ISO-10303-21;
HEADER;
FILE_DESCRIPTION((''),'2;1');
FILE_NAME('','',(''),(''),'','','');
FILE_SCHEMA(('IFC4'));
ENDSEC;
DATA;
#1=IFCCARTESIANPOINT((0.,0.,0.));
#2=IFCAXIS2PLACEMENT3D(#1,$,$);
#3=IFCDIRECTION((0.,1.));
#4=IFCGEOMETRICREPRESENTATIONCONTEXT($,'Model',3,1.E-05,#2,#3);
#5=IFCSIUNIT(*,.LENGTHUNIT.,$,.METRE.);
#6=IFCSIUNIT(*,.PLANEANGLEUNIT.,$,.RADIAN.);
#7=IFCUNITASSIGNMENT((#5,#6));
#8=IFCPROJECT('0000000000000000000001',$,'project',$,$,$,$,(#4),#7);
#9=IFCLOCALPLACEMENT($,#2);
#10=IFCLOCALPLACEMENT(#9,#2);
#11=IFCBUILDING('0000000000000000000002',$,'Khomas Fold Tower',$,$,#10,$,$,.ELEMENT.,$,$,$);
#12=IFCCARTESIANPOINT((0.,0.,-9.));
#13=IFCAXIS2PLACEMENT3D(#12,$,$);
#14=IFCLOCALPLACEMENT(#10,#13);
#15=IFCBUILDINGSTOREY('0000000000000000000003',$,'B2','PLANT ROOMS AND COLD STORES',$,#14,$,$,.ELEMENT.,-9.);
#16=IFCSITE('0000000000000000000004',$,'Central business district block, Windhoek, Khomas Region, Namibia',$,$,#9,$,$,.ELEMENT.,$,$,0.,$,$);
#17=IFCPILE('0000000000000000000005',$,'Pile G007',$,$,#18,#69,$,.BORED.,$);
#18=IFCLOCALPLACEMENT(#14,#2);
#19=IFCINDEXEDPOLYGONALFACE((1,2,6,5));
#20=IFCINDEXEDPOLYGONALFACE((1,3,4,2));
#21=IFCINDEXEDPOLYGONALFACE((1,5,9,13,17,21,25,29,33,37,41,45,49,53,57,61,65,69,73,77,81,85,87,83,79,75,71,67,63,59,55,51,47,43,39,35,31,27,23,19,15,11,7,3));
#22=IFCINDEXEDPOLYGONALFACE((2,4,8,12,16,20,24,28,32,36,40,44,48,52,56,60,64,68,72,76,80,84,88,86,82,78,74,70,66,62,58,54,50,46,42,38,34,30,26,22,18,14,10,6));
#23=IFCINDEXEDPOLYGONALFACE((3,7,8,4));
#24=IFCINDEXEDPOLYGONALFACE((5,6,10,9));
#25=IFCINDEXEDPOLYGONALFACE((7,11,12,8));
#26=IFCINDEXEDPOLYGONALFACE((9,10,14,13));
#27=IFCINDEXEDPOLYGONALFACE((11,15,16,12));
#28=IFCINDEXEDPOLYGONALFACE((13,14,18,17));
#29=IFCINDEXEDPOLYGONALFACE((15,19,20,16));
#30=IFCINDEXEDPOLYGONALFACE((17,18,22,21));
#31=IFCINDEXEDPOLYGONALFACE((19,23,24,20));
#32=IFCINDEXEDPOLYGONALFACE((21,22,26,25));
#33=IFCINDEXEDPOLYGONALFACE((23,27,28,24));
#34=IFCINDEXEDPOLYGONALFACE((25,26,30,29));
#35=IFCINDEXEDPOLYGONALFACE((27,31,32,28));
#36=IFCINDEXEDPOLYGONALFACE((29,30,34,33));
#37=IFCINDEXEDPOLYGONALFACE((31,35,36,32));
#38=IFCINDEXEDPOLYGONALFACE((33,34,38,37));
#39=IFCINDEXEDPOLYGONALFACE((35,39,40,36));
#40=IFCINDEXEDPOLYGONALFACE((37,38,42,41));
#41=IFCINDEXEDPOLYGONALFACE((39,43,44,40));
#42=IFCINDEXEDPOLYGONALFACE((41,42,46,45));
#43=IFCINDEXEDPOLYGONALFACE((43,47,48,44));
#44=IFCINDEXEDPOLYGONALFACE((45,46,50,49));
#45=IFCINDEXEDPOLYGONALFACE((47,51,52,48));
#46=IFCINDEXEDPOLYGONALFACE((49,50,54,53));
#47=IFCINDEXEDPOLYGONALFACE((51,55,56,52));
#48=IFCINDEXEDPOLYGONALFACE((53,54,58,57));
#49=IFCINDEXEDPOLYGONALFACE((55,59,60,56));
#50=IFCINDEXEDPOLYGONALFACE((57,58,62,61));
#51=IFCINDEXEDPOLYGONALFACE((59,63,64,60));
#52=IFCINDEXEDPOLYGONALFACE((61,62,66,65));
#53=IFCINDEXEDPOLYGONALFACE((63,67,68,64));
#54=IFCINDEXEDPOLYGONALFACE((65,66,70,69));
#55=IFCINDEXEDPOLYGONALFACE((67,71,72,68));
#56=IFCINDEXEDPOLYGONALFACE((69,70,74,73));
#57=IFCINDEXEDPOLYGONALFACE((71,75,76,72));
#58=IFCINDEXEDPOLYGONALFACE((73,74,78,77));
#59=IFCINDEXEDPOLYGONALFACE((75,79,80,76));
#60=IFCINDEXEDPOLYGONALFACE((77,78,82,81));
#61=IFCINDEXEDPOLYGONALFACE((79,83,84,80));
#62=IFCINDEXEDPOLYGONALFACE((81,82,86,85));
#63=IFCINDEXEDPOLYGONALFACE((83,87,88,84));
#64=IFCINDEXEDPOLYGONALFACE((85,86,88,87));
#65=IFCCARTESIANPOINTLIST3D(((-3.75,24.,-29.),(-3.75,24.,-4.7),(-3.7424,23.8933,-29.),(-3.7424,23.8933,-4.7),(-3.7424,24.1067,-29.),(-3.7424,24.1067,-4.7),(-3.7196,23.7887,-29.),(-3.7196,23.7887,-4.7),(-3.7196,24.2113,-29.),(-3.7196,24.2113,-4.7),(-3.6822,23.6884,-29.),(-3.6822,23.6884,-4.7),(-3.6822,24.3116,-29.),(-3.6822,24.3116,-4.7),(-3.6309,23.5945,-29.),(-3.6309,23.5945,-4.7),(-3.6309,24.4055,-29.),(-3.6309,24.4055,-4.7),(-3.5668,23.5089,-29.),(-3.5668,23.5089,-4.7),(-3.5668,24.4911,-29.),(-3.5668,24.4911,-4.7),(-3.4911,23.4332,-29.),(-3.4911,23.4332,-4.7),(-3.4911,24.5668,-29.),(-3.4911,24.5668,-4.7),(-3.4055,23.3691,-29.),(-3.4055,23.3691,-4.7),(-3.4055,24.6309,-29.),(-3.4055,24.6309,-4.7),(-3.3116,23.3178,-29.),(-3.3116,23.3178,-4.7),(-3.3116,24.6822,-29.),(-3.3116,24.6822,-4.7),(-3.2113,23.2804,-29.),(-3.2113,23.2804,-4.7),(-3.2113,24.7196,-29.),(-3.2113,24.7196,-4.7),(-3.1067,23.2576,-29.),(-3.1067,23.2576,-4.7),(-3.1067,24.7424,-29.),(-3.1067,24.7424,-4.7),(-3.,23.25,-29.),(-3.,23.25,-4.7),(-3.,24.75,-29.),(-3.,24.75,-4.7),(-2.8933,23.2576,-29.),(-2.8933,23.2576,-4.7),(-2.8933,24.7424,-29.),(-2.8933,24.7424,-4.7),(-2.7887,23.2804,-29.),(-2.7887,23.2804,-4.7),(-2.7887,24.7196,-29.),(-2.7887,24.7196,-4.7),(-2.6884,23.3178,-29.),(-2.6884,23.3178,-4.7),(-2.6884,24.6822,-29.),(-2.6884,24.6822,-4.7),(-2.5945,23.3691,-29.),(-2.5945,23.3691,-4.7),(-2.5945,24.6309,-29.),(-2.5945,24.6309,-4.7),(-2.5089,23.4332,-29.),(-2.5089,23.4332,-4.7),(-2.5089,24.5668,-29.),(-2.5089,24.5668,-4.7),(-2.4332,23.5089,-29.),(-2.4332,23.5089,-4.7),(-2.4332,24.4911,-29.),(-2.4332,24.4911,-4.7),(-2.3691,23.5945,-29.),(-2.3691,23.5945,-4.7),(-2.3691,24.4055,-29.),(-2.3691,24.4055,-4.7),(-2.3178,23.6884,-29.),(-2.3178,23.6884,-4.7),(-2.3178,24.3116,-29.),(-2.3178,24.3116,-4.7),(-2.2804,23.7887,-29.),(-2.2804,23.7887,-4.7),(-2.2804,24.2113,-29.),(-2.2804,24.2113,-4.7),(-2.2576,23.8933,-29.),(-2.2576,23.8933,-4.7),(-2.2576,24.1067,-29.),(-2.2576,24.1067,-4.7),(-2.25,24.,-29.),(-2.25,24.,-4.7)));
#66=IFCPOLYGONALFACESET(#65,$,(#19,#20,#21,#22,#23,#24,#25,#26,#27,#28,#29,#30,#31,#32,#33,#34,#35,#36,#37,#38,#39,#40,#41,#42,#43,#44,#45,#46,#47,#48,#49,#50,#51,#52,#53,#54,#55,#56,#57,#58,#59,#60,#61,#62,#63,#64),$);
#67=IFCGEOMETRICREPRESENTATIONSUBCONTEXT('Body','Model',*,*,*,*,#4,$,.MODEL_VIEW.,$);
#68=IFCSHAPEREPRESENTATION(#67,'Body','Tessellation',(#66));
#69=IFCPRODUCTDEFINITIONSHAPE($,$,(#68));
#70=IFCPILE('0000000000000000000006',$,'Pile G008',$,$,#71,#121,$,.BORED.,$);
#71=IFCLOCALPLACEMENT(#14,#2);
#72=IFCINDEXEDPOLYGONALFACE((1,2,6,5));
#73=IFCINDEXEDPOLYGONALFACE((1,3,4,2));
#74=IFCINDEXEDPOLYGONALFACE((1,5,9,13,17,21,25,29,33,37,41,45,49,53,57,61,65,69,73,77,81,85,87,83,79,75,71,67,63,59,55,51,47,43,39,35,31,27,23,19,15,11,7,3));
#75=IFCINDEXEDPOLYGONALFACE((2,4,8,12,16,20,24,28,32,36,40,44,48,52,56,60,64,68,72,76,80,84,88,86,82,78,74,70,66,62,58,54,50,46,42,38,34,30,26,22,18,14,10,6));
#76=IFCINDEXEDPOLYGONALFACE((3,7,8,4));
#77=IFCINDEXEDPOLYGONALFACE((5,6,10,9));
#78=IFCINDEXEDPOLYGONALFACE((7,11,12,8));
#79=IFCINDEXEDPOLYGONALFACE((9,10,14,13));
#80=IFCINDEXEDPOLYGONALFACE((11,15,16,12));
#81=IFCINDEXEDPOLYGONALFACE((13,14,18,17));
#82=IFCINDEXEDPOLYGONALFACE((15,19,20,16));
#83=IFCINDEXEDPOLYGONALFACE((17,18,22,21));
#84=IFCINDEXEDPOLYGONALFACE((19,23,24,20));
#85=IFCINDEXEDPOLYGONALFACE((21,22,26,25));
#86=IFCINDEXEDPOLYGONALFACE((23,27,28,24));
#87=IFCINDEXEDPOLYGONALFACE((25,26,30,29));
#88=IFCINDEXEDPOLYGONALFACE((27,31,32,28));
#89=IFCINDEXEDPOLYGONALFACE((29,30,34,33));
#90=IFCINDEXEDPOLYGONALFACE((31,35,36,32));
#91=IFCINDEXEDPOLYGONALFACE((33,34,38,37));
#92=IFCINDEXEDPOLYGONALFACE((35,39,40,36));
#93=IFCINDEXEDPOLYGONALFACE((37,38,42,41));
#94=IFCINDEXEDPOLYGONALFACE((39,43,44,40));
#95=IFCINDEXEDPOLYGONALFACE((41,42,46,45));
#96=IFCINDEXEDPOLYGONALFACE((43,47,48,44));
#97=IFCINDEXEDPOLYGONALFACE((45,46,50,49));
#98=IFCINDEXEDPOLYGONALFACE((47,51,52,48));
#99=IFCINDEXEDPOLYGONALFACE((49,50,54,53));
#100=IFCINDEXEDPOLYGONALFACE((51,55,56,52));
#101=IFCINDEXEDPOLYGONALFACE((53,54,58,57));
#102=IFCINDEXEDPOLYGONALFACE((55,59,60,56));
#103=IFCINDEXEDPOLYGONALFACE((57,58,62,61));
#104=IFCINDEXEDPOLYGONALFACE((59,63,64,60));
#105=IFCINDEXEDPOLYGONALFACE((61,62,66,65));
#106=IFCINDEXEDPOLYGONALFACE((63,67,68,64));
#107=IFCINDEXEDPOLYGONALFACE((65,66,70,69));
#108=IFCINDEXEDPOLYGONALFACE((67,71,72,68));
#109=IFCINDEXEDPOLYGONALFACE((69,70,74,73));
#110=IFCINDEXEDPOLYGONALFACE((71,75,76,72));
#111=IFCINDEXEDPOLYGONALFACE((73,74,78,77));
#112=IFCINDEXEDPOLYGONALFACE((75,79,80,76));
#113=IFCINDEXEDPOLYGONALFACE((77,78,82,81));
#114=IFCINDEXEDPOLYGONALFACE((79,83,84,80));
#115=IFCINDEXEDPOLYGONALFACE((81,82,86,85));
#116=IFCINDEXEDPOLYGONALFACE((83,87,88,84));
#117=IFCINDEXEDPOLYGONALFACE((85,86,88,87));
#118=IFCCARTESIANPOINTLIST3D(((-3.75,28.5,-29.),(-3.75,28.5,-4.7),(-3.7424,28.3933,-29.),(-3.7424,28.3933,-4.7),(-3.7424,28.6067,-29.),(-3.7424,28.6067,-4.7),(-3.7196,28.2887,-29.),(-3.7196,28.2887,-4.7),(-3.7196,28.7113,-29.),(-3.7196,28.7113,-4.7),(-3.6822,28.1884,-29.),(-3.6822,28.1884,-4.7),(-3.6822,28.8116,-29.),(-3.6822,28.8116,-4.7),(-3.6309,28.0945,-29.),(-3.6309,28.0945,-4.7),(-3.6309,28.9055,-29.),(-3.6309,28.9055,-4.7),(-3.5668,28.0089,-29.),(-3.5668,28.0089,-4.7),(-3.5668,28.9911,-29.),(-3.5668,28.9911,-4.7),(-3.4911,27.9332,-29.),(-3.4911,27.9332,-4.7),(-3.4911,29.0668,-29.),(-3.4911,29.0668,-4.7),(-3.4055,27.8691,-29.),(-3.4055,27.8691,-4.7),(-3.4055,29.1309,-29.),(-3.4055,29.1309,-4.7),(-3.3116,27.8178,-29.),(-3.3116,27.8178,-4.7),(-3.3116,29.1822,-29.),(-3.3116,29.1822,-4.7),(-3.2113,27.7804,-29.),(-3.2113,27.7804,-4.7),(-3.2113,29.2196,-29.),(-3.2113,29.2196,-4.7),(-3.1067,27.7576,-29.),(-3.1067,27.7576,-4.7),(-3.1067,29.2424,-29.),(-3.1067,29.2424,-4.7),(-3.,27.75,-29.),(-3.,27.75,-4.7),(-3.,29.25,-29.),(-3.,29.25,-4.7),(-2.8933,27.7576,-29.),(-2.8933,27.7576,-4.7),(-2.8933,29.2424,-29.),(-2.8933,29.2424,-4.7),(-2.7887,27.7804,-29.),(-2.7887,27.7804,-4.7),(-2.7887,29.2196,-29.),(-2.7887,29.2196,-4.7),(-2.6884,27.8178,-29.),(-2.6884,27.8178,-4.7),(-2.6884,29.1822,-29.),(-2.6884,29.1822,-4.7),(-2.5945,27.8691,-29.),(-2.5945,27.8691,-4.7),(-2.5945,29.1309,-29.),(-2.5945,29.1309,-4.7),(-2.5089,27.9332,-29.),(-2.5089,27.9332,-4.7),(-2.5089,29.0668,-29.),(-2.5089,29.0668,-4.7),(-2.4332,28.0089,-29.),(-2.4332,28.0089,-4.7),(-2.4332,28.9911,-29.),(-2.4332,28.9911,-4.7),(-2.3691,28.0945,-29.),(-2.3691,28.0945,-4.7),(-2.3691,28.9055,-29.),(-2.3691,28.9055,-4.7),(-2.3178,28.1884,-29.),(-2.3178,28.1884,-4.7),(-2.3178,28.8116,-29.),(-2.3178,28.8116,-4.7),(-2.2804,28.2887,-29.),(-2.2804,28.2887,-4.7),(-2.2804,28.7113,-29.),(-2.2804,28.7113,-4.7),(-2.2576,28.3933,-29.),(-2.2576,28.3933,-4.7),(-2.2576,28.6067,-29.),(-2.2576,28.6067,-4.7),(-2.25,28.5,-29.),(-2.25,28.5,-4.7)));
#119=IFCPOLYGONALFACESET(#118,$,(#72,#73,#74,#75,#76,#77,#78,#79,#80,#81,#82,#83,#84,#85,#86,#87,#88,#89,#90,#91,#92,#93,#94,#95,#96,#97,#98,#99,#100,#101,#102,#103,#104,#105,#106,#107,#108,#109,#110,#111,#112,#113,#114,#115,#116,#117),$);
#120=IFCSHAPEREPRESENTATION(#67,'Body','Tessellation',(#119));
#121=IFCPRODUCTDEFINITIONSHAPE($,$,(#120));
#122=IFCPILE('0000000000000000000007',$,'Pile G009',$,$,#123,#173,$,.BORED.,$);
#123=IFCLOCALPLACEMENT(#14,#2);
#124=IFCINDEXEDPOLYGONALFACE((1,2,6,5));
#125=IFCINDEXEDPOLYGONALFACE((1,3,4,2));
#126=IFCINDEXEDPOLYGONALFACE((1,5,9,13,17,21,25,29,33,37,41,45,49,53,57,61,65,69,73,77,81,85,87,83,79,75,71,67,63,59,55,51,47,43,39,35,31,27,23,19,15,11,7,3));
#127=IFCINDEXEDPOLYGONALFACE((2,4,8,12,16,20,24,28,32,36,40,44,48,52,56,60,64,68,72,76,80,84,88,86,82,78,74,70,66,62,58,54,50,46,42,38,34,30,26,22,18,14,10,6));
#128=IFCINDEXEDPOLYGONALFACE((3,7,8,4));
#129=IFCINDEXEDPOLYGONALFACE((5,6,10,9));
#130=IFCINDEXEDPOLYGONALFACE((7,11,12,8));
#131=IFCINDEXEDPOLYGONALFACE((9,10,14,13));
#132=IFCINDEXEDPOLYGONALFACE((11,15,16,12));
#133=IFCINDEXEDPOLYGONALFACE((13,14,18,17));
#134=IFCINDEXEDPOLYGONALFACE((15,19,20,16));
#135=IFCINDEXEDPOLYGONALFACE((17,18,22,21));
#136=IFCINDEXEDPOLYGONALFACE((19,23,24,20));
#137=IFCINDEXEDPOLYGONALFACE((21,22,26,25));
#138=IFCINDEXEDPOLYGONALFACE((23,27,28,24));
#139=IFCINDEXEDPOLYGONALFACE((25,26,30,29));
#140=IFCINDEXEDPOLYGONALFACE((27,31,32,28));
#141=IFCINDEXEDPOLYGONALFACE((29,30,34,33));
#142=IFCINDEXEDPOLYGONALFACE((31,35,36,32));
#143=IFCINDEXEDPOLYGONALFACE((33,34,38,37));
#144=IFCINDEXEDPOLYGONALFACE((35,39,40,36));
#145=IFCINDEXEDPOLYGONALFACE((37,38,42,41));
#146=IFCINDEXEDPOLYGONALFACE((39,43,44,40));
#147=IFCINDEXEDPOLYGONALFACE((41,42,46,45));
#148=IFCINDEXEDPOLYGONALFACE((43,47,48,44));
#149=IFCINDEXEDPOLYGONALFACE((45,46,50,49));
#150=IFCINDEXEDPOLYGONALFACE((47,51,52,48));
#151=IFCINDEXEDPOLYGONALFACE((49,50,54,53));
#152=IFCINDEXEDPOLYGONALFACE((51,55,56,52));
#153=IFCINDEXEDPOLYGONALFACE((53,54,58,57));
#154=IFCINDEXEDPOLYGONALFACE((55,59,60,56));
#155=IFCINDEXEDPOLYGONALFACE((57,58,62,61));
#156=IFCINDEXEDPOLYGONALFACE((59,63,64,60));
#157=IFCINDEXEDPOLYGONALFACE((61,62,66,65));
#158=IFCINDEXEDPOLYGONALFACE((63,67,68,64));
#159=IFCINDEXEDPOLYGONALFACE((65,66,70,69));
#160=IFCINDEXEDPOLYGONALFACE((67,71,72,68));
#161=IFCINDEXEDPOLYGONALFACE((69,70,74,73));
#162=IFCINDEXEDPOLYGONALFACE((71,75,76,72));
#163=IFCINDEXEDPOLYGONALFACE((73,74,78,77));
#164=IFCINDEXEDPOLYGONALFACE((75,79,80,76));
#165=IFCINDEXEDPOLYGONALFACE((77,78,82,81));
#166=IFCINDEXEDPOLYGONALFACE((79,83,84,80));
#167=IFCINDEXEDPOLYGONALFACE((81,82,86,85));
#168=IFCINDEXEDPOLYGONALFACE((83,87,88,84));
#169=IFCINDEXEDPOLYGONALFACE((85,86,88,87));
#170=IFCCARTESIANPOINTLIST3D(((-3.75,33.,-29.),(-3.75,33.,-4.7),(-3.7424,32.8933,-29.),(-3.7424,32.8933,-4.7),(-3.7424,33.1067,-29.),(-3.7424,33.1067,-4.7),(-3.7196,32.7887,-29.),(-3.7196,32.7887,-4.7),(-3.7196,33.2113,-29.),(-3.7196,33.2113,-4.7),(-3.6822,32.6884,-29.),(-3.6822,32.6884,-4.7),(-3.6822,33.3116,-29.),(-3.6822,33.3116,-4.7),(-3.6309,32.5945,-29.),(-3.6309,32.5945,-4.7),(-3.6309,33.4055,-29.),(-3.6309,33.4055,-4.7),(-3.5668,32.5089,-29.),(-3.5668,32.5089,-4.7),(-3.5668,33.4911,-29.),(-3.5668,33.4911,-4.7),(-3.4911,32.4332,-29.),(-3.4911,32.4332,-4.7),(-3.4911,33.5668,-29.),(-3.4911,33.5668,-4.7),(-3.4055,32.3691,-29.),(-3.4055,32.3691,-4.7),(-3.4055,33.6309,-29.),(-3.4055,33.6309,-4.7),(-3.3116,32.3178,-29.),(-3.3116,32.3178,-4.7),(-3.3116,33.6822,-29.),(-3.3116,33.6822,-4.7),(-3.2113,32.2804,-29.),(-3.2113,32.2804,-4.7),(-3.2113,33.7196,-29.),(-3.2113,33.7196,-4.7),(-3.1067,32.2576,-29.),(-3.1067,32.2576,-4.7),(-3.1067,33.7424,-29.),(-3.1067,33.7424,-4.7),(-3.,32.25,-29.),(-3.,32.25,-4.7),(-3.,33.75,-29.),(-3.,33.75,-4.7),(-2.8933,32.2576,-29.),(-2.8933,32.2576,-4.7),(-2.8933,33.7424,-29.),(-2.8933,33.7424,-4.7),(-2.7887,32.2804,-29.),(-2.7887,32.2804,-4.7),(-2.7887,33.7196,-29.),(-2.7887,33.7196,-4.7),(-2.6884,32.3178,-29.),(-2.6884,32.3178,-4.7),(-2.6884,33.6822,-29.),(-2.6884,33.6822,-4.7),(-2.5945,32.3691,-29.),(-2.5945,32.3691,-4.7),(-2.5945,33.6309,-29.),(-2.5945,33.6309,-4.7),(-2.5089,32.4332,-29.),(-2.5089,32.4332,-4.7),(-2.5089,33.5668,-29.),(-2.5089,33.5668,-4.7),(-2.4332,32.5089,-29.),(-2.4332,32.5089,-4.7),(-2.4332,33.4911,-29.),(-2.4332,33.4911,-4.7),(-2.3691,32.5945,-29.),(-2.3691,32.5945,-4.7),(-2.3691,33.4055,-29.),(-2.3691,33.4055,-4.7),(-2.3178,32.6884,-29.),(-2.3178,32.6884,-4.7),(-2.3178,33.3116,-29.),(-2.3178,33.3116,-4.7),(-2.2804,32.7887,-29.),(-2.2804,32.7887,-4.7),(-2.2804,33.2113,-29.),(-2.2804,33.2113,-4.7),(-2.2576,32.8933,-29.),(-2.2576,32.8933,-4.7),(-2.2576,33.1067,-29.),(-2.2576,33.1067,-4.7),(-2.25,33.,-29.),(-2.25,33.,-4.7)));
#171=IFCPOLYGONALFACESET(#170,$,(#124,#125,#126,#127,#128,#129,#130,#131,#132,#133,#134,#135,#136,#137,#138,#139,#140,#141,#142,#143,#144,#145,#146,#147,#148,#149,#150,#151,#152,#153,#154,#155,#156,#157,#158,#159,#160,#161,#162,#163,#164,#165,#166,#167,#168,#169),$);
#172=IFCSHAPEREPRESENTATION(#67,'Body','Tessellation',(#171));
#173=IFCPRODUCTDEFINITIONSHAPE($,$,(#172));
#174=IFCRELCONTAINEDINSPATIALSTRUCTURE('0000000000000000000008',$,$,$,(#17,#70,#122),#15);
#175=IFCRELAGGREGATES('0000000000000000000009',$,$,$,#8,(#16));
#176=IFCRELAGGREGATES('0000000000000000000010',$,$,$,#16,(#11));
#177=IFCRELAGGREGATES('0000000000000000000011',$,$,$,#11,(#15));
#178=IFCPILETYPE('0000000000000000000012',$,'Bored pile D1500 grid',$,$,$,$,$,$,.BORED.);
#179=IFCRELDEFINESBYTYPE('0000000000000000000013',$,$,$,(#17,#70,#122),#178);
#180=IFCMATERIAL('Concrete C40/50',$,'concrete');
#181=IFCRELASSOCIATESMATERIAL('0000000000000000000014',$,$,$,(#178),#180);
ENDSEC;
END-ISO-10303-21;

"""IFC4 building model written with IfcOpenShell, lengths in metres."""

from ifc_helpers import new_model, si_unit, direction, frame, origin, origin_2d, place, context, subcontext, project, spatial, circle, extrude, source, transform, mapped, material, material_profile, profile_set, type_object, element, save


model = new_model("IFC4")

# Units and contexts
model_context = context("Model", 3, precision=1e-05, world=origin(), true_north=direction((0.0, 1.0)))
body_context = subcontext(model_context, "Body", "Model", "MODEL_VIEW")
ifc_project = project(units=[si_unit("LENGTHUNIT", "METRE"), si_unit("PLANEANGLEUNIT", "RADIAN")], contexts=[model_context])

# Site, building, storey
site_placement = place(None, origin())
site = spatial("IfcSite", under=ifc_project, at=site_placement, Name="Central business district block, Windhoek, Khomas Region, Namibia", CompositionType="ELEMENT", RefElevation=0.0)
building_placement = place(site_placement, origin())
building = spatial("IfcBuilding", under=site, at=building_placement, Name="Khomas Fold Tower", CompositionType="ELEMENT")
storey_placement = place(building_placement, frame((0.0, 0.0, -9.0)))
storey = spatial("IfcBuildingStorey", under=building, at=storey_placement, Name="B2", Description="PLANT ROOMS AND COLD STORES", CompositionType="ELEMENT", Elevation=-9.0)

# Piles
ifc_material_1 = material(Name="Concrete C40/50", Category="concrete")
ifc_material_profile_1 = material_profile(ifc_material_1, circle(Radius=0.75, at=origin_2d()), Name="PILE D1500")
ifc_profile_set_1 = profile_set([ifc_material_profile_1], Name="Concrete C40/50")
pile_type = type_object("IfcPileType", Name="Bored pile D1500 grid", PredefinedType="BORED", material=ifc_profile_set_1)
shared_shape_1 = source(origin(), body_context, "Body", "SweptSolid", [
    extrude(circle(Radius=0.75, at=origin_2d()), origin(), (0.0, 0.0, 1.0), 24.3),
])
for number, where, z_axis, x_axis, name in (
    (1, (-3.0, 24.0, -4.7), (0.0, 0.0, -1.0), (1.0, 0.0, 0.0), "Pile G007"),
    (2, (-3.0, 28.5, -4.7), (0.0, 0.0, -1.0), (1.0, 0.0, 0.0), "Pile G008"),
    (3, (-3.0, 33.0, -4.7), (0.0, 0.0, -1.0), (1.0, 0.0, 0.0), "Pile G009"),
):
    element("IfcPile", number, at=place(storey_placement, frame(where, z_axis=z_axis, x_axis=x_axis)), inside=storey, type_object=pile_type, Name=name, PredefinedType="BORED", context=body_context, shape_type="MappedRepresentation", body=[
        mapped(shared_shape_1, transform((0.0, 0.0, 0.0))),
    ])

save(model, "model.ifc")
